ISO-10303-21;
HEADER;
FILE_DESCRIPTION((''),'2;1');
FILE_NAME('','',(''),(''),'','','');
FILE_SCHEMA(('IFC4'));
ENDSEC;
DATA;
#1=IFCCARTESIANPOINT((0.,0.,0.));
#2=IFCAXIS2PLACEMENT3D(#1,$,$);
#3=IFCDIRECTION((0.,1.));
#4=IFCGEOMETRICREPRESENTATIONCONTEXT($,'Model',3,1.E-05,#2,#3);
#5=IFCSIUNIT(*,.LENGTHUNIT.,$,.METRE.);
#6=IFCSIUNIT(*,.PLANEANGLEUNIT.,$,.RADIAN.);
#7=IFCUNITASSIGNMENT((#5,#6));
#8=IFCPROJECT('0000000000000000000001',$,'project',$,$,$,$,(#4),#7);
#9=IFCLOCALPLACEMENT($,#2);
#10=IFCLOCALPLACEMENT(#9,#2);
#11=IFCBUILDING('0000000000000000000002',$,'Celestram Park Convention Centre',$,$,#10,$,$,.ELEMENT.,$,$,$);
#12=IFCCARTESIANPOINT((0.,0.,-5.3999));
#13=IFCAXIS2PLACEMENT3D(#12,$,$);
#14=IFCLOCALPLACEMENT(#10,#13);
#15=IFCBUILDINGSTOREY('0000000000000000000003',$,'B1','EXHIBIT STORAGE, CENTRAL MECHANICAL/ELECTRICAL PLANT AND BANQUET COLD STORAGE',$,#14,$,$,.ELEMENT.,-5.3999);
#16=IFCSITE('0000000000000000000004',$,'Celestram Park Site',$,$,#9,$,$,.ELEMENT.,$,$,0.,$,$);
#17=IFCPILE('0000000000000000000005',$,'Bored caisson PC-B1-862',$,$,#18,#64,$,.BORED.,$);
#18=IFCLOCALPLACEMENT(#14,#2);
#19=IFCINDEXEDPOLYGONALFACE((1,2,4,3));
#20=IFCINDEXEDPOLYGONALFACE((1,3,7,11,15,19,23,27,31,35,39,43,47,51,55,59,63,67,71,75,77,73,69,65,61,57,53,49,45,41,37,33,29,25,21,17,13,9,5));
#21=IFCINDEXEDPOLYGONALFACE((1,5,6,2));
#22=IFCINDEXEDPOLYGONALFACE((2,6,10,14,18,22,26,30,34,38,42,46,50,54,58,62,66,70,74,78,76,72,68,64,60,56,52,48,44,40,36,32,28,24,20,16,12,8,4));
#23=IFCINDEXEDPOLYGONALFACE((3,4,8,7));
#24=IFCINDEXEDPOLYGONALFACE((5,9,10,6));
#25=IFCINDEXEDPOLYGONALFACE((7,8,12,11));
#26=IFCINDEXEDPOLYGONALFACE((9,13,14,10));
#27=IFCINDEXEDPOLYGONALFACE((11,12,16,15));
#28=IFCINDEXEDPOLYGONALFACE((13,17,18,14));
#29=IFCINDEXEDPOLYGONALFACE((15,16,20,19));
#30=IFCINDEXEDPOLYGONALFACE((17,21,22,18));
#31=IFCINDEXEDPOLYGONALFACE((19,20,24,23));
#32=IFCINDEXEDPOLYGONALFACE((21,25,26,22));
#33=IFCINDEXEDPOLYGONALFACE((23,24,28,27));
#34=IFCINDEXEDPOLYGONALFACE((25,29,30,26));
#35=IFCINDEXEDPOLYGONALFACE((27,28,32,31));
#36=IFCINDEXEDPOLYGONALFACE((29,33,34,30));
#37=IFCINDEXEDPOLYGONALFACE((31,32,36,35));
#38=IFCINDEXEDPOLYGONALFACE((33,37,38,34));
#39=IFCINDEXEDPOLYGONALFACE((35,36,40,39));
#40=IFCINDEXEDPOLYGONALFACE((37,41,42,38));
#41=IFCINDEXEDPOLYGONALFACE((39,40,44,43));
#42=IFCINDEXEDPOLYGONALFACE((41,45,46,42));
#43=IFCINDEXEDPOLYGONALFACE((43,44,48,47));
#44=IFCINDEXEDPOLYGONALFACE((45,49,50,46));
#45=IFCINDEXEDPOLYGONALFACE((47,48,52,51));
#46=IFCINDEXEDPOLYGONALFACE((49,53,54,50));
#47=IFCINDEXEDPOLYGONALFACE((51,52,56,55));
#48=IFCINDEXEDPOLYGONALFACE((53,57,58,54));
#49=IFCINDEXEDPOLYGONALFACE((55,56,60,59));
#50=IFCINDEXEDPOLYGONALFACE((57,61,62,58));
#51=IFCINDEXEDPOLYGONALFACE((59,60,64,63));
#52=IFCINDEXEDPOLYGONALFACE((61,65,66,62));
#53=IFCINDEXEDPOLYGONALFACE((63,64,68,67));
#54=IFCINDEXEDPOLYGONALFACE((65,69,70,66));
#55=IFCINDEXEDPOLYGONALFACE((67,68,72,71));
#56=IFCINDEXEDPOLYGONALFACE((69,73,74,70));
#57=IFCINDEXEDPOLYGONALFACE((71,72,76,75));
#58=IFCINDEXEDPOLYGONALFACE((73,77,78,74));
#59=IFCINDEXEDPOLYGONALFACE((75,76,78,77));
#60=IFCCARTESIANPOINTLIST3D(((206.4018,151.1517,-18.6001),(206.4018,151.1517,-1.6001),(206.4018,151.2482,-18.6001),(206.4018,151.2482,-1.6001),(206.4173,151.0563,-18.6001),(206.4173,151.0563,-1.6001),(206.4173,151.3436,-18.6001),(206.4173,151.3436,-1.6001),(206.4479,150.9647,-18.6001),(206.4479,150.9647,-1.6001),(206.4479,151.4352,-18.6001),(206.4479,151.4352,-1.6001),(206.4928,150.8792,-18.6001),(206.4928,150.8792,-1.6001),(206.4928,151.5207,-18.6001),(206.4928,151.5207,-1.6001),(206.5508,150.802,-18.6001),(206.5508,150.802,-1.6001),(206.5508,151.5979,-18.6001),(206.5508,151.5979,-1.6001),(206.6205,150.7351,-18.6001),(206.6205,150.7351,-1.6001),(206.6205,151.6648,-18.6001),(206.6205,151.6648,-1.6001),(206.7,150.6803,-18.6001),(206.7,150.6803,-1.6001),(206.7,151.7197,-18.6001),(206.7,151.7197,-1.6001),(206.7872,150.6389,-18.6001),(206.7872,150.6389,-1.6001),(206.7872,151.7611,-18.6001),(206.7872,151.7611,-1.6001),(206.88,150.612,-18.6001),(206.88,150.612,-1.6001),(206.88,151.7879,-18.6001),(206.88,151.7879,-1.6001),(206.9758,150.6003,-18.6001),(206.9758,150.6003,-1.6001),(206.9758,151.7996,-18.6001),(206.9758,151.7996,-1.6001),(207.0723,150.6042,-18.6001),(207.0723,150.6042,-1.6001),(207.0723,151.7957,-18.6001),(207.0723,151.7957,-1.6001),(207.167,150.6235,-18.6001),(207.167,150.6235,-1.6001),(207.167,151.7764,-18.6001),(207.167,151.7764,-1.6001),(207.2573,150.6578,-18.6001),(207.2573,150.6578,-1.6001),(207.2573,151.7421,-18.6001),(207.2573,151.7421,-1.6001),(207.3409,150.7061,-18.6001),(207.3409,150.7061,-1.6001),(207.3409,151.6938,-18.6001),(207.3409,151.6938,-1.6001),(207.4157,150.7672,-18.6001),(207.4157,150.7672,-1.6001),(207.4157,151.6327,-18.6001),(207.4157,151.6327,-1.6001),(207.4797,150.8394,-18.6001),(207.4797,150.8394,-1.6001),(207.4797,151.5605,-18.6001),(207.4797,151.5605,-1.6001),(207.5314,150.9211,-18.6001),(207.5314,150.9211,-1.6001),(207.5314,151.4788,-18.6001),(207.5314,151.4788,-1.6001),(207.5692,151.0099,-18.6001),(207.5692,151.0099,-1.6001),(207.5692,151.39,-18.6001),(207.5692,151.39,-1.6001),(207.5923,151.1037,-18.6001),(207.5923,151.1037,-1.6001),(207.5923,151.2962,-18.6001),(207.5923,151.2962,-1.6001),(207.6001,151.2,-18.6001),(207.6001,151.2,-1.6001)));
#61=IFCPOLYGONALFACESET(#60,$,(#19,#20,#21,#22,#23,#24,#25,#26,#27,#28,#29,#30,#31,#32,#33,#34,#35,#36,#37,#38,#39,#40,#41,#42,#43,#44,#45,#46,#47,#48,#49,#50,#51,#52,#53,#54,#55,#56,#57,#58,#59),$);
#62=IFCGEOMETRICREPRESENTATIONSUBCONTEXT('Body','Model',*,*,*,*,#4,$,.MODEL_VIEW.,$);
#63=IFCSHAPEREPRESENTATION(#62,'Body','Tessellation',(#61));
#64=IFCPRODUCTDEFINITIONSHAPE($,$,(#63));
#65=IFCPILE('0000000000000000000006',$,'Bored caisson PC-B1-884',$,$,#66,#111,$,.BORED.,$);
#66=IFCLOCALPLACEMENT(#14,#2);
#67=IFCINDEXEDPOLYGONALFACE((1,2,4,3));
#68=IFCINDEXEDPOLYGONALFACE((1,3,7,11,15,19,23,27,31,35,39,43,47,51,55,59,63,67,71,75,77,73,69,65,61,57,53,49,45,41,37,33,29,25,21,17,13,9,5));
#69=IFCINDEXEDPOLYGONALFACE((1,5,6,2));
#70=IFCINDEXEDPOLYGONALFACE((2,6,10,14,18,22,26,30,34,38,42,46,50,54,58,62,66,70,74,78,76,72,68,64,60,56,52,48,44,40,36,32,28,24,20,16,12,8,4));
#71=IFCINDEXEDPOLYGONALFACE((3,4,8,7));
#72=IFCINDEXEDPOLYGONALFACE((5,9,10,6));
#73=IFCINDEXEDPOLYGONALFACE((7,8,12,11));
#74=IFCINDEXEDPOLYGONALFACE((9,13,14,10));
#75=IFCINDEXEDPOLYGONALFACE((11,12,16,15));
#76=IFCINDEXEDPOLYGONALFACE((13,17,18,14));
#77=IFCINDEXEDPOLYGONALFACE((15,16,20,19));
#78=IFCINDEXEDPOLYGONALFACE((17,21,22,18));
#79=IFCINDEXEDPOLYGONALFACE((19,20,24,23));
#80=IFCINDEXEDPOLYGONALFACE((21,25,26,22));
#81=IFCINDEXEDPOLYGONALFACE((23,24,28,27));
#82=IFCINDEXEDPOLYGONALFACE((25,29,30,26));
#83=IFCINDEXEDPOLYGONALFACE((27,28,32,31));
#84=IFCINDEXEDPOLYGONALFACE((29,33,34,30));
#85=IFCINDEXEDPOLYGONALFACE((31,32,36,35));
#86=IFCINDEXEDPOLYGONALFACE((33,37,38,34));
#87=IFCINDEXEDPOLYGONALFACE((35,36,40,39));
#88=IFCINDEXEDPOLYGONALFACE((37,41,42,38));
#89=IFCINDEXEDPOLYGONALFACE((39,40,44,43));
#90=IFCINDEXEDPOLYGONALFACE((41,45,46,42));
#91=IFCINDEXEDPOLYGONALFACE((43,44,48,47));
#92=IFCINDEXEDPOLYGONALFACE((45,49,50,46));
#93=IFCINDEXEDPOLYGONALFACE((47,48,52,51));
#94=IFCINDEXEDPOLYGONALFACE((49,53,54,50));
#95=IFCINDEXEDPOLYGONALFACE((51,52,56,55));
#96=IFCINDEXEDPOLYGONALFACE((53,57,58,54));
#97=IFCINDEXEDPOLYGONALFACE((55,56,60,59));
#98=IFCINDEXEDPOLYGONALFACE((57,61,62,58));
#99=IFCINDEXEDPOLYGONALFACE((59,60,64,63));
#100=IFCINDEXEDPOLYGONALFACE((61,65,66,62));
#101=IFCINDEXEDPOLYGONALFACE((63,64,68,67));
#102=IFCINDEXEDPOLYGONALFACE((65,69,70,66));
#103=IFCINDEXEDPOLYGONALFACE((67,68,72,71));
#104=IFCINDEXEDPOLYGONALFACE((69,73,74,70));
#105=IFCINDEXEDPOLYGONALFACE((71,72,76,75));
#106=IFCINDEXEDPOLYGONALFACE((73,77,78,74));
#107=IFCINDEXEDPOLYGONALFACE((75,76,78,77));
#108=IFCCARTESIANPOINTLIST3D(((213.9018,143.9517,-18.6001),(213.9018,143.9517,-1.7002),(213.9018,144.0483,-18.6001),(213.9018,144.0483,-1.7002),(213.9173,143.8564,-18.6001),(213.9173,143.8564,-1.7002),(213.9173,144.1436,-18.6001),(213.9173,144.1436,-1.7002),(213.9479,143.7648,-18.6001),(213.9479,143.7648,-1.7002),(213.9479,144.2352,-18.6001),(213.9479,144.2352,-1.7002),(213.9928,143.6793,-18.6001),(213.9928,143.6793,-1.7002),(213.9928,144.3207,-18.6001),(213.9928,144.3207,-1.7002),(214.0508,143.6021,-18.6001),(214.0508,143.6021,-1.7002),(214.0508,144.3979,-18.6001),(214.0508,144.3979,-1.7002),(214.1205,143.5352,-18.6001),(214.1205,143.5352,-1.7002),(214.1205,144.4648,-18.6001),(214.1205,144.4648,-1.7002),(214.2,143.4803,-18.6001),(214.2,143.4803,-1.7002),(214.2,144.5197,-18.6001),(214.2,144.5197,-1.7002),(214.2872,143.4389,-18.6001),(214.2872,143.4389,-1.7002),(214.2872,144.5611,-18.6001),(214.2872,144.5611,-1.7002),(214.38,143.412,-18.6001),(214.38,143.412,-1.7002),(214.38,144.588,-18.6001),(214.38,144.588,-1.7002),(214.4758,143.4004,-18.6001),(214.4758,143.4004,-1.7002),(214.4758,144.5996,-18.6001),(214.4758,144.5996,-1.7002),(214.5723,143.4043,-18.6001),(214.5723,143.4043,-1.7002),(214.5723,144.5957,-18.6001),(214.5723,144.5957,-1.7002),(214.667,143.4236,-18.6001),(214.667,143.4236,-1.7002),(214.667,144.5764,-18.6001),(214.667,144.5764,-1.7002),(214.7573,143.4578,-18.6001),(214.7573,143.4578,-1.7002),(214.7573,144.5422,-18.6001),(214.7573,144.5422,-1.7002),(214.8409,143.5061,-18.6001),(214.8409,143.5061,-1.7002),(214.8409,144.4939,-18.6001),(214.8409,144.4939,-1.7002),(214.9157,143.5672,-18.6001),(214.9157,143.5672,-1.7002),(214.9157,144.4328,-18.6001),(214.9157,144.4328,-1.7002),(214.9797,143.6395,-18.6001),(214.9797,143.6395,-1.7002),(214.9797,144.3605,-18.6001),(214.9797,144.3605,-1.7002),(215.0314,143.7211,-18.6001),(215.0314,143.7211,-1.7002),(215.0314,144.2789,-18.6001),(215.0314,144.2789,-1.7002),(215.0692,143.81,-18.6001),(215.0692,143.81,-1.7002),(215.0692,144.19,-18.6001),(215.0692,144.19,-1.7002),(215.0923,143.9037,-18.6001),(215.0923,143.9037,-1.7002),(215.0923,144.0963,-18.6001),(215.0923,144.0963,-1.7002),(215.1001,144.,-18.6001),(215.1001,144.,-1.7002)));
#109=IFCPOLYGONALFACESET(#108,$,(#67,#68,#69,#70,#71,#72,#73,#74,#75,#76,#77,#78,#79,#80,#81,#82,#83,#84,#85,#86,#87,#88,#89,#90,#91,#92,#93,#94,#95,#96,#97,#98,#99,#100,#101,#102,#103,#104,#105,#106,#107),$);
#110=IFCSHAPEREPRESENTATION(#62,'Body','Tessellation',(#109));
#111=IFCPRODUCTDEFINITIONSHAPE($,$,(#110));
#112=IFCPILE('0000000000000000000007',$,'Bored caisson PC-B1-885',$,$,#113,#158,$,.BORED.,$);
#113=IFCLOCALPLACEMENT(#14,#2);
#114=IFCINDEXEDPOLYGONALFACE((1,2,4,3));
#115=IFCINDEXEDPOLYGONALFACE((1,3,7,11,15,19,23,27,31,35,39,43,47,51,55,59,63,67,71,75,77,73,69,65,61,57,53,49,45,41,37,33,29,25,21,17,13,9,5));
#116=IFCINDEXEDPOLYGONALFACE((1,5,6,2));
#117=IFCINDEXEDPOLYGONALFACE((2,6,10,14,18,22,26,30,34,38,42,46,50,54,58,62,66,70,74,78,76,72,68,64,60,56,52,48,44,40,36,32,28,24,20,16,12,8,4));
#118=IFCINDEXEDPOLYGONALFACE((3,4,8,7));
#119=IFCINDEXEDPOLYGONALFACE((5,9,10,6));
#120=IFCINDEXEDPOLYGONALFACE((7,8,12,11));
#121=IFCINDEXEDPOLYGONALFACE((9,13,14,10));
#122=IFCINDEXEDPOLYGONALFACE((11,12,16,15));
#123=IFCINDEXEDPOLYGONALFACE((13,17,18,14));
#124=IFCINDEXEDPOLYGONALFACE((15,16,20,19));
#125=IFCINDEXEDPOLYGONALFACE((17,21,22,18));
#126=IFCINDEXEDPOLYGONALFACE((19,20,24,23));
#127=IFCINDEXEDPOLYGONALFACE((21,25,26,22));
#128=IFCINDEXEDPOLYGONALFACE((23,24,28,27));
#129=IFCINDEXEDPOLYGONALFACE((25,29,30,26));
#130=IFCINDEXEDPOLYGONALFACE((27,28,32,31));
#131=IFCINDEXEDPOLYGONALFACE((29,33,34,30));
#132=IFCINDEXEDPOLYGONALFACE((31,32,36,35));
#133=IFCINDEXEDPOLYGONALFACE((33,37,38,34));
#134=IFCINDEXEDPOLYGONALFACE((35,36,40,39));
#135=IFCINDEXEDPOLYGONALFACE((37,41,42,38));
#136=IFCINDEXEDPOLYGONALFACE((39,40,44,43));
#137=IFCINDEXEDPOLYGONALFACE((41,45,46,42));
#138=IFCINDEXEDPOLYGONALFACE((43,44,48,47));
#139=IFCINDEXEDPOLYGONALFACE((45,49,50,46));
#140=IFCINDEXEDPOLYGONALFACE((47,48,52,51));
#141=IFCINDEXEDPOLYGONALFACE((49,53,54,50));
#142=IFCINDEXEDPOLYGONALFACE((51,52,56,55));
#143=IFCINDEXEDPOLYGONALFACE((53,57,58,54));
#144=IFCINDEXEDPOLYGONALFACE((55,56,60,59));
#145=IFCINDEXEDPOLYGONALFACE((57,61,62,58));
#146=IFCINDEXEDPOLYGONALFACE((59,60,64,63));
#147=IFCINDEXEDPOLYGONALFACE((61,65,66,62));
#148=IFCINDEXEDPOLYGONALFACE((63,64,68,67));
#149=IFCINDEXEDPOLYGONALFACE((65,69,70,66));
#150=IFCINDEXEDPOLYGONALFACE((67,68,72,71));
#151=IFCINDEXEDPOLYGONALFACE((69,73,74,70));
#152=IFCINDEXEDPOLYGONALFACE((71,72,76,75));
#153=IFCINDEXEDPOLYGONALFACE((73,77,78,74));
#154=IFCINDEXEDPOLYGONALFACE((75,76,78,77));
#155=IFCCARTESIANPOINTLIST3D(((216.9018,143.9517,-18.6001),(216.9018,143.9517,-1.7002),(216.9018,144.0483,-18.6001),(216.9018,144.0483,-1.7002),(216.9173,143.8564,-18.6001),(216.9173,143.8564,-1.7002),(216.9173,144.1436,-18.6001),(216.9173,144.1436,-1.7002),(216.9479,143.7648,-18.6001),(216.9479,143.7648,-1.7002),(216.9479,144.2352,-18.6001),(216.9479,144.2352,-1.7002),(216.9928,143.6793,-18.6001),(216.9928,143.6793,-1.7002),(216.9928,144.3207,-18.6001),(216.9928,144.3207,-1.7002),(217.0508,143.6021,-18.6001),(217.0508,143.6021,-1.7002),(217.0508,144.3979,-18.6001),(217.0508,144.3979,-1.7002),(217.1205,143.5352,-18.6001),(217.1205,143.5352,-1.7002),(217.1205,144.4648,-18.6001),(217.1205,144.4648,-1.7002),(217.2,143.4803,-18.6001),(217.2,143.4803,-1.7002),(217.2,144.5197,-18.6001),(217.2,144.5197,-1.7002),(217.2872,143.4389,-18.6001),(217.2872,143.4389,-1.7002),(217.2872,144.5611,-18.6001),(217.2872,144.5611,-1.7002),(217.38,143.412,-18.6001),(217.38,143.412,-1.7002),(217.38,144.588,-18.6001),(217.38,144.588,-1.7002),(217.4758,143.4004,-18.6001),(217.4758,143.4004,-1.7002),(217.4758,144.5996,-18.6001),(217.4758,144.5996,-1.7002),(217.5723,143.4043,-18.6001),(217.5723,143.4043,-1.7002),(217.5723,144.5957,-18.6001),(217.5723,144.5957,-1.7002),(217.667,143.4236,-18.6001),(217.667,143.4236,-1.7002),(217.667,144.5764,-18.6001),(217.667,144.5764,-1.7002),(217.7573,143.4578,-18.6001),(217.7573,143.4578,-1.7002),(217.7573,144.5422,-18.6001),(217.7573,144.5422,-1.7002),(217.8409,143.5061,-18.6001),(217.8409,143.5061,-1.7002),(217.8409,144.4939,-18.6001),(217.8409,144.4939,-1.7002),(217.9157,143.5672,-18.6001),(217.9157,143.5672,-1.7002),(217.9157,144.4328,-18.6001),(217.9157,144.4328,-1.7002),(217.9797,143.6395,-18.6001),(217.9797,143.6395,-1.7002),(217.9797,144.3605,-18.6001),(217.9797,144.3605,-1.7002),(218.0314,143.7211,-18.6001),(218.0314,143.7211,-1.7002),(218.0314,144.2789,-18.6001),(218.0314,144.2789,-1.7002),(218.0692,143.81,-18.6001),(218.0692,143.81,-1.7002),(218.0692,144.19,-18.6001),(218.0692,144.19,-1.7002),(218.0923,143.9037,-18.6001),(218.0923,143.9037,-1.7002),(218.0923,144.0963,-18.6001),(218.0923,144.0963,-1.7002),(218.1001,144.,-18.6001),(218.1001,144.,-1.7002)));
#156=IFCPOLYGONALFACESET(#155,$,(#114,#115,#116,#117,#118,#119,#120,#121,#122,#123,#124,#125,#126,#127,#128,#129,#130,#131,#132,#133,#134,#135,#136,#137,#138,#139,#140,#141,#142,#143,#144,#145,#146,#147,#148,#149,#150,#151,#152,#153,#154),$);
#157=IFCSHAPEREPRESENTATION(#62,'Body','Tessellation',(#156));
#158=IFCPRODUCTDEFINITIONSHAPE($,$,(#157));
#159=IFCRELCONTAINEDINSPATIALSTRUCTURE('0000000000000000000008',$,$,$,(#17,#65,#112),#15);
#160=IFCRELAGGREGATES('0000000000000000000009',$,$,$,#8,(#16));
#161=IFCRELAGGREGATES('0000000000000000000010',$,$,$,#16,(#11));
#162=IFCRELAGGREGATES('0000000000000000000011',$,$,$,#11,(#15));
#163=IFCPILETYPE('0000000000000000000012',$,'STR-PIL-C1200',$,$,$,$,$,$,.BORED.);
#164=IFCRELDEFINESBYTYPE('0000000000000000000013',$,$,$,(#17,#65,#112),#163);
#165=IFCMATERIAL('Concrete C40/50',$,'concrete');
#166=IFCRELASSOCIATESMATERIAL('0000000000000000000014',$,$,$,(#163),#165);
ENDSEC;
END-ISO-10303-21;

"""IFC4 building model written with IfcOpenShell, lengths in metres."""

from ifc_helpers import new_model, si_unit, direction, frame, origin, origin_2d, place, context, subcontext, project, spatial, circle, extrude, material, material_profile, profile_set, type_object, element, save


model = new_model("IFC4")

# Units and contexts
model_context = context("Model", 3, precision=1e-05, world=origin(), true_north=direction((0.0, 1.0)))
body_context = subcontext(model_context, "Body", "Model", "MODEL_VIEW")
ifc_project = project(units=[si_unit("LENGTHUNIT", "METRE"), si_unit("PLANEANGLEUNIT", "RADIAN")], contexts=[model_context])

# Site, building, storey
site_placement = place(None, origin())
site = spatial("IfcSite", under=ifc_project, at=site_placement, Name="Celestram Park Site", CompositionType="ELEMENT", RefElevation=0.0)
building_placement = place(site_placement, origin())
building = spatial("IfcBuilding", under=site, at=building_placement, Name="Celestram Park Convention Centre", CompositionType="ELEMENT")
storey_placement = place(building_placement, frame((0.0, 0.0, -5.3999)))
storey = spatial("IfcBuildingStorey", under=building, at=storey_placement, Name="B1", Description="EXHIBIT STORAGE, CENTRAL MECHANICAL/ELECTRICAL PLANT AND BANQUET COLD STORAGE", CompositionType="ELEMENT", Elevation=-5.3999)

# Shared definitions
ifc_material_1 = material(Name="Concrete C40/50", Category="concrete")

# Piles
ifc_material_profile_1 = material_profile(ifc_material_1, circle(Radius=0.6001, at=origin_2d()), Name="CAISSON1200")
ifc_profile_set_1 = profile_set([ifc_material_profile_1], Name="Concrete C40/50")
pile_type_1 = type_object("IfcPileType", Name="STR-PIL-C1200", PredefinedType="BORED", material=ifc_profile_set_1)
for number, where, z_axis, x_axis, name in (
    (1, (207.0, 151.2, -1.6001), (0.0, 0.0, -1.0), (1.0, 0.0, 0.0), "Bored caisson PC-B1-862"),
):
    element("IfcPile", number, at=place(storey_placement, frame(where, z_axis=z_axis, x_axis=x_axis)), inside=storey, type_object=pile_type_1, Name=name, PredefinedType="BORED", context=body_context, shape_type="SweptSolid", body=[
        extrude(circle(Radius=0.6001, at=origin_2d()), origin(), (0.0, 0.0, 1.0), 17.0),
    ])
for number, where, z_axis, x_axis, name in (
    (2, (214.5, 144.0, -1.7002), (0.0, 0.0, -1.0), (1.0, 0.0, 0.0), "Bored caisson PC-B1-884"),
    (3, (217.5, 144.0, -1.7002), (0.0, 0.0, -1.0), (1.0, 0.0, 0.0), "Bored caisson PC-B1-885"),
):
    element("IfcPile", number, at=place(storey_placement, frame(where, z_axis=z_axis, x_axis=x_axis)), inside=storey, type_object=pile_type_1, Name=name, PredefinedType="BORED", context=body_context, shape_type="SweptSolid", body=[
        extrude(circle(Radius=0.6001, at=origin_2d()), origin(), (0.0, 0.0, 1.0), 16.8999),
    ])

save(model, "model.ifc")
